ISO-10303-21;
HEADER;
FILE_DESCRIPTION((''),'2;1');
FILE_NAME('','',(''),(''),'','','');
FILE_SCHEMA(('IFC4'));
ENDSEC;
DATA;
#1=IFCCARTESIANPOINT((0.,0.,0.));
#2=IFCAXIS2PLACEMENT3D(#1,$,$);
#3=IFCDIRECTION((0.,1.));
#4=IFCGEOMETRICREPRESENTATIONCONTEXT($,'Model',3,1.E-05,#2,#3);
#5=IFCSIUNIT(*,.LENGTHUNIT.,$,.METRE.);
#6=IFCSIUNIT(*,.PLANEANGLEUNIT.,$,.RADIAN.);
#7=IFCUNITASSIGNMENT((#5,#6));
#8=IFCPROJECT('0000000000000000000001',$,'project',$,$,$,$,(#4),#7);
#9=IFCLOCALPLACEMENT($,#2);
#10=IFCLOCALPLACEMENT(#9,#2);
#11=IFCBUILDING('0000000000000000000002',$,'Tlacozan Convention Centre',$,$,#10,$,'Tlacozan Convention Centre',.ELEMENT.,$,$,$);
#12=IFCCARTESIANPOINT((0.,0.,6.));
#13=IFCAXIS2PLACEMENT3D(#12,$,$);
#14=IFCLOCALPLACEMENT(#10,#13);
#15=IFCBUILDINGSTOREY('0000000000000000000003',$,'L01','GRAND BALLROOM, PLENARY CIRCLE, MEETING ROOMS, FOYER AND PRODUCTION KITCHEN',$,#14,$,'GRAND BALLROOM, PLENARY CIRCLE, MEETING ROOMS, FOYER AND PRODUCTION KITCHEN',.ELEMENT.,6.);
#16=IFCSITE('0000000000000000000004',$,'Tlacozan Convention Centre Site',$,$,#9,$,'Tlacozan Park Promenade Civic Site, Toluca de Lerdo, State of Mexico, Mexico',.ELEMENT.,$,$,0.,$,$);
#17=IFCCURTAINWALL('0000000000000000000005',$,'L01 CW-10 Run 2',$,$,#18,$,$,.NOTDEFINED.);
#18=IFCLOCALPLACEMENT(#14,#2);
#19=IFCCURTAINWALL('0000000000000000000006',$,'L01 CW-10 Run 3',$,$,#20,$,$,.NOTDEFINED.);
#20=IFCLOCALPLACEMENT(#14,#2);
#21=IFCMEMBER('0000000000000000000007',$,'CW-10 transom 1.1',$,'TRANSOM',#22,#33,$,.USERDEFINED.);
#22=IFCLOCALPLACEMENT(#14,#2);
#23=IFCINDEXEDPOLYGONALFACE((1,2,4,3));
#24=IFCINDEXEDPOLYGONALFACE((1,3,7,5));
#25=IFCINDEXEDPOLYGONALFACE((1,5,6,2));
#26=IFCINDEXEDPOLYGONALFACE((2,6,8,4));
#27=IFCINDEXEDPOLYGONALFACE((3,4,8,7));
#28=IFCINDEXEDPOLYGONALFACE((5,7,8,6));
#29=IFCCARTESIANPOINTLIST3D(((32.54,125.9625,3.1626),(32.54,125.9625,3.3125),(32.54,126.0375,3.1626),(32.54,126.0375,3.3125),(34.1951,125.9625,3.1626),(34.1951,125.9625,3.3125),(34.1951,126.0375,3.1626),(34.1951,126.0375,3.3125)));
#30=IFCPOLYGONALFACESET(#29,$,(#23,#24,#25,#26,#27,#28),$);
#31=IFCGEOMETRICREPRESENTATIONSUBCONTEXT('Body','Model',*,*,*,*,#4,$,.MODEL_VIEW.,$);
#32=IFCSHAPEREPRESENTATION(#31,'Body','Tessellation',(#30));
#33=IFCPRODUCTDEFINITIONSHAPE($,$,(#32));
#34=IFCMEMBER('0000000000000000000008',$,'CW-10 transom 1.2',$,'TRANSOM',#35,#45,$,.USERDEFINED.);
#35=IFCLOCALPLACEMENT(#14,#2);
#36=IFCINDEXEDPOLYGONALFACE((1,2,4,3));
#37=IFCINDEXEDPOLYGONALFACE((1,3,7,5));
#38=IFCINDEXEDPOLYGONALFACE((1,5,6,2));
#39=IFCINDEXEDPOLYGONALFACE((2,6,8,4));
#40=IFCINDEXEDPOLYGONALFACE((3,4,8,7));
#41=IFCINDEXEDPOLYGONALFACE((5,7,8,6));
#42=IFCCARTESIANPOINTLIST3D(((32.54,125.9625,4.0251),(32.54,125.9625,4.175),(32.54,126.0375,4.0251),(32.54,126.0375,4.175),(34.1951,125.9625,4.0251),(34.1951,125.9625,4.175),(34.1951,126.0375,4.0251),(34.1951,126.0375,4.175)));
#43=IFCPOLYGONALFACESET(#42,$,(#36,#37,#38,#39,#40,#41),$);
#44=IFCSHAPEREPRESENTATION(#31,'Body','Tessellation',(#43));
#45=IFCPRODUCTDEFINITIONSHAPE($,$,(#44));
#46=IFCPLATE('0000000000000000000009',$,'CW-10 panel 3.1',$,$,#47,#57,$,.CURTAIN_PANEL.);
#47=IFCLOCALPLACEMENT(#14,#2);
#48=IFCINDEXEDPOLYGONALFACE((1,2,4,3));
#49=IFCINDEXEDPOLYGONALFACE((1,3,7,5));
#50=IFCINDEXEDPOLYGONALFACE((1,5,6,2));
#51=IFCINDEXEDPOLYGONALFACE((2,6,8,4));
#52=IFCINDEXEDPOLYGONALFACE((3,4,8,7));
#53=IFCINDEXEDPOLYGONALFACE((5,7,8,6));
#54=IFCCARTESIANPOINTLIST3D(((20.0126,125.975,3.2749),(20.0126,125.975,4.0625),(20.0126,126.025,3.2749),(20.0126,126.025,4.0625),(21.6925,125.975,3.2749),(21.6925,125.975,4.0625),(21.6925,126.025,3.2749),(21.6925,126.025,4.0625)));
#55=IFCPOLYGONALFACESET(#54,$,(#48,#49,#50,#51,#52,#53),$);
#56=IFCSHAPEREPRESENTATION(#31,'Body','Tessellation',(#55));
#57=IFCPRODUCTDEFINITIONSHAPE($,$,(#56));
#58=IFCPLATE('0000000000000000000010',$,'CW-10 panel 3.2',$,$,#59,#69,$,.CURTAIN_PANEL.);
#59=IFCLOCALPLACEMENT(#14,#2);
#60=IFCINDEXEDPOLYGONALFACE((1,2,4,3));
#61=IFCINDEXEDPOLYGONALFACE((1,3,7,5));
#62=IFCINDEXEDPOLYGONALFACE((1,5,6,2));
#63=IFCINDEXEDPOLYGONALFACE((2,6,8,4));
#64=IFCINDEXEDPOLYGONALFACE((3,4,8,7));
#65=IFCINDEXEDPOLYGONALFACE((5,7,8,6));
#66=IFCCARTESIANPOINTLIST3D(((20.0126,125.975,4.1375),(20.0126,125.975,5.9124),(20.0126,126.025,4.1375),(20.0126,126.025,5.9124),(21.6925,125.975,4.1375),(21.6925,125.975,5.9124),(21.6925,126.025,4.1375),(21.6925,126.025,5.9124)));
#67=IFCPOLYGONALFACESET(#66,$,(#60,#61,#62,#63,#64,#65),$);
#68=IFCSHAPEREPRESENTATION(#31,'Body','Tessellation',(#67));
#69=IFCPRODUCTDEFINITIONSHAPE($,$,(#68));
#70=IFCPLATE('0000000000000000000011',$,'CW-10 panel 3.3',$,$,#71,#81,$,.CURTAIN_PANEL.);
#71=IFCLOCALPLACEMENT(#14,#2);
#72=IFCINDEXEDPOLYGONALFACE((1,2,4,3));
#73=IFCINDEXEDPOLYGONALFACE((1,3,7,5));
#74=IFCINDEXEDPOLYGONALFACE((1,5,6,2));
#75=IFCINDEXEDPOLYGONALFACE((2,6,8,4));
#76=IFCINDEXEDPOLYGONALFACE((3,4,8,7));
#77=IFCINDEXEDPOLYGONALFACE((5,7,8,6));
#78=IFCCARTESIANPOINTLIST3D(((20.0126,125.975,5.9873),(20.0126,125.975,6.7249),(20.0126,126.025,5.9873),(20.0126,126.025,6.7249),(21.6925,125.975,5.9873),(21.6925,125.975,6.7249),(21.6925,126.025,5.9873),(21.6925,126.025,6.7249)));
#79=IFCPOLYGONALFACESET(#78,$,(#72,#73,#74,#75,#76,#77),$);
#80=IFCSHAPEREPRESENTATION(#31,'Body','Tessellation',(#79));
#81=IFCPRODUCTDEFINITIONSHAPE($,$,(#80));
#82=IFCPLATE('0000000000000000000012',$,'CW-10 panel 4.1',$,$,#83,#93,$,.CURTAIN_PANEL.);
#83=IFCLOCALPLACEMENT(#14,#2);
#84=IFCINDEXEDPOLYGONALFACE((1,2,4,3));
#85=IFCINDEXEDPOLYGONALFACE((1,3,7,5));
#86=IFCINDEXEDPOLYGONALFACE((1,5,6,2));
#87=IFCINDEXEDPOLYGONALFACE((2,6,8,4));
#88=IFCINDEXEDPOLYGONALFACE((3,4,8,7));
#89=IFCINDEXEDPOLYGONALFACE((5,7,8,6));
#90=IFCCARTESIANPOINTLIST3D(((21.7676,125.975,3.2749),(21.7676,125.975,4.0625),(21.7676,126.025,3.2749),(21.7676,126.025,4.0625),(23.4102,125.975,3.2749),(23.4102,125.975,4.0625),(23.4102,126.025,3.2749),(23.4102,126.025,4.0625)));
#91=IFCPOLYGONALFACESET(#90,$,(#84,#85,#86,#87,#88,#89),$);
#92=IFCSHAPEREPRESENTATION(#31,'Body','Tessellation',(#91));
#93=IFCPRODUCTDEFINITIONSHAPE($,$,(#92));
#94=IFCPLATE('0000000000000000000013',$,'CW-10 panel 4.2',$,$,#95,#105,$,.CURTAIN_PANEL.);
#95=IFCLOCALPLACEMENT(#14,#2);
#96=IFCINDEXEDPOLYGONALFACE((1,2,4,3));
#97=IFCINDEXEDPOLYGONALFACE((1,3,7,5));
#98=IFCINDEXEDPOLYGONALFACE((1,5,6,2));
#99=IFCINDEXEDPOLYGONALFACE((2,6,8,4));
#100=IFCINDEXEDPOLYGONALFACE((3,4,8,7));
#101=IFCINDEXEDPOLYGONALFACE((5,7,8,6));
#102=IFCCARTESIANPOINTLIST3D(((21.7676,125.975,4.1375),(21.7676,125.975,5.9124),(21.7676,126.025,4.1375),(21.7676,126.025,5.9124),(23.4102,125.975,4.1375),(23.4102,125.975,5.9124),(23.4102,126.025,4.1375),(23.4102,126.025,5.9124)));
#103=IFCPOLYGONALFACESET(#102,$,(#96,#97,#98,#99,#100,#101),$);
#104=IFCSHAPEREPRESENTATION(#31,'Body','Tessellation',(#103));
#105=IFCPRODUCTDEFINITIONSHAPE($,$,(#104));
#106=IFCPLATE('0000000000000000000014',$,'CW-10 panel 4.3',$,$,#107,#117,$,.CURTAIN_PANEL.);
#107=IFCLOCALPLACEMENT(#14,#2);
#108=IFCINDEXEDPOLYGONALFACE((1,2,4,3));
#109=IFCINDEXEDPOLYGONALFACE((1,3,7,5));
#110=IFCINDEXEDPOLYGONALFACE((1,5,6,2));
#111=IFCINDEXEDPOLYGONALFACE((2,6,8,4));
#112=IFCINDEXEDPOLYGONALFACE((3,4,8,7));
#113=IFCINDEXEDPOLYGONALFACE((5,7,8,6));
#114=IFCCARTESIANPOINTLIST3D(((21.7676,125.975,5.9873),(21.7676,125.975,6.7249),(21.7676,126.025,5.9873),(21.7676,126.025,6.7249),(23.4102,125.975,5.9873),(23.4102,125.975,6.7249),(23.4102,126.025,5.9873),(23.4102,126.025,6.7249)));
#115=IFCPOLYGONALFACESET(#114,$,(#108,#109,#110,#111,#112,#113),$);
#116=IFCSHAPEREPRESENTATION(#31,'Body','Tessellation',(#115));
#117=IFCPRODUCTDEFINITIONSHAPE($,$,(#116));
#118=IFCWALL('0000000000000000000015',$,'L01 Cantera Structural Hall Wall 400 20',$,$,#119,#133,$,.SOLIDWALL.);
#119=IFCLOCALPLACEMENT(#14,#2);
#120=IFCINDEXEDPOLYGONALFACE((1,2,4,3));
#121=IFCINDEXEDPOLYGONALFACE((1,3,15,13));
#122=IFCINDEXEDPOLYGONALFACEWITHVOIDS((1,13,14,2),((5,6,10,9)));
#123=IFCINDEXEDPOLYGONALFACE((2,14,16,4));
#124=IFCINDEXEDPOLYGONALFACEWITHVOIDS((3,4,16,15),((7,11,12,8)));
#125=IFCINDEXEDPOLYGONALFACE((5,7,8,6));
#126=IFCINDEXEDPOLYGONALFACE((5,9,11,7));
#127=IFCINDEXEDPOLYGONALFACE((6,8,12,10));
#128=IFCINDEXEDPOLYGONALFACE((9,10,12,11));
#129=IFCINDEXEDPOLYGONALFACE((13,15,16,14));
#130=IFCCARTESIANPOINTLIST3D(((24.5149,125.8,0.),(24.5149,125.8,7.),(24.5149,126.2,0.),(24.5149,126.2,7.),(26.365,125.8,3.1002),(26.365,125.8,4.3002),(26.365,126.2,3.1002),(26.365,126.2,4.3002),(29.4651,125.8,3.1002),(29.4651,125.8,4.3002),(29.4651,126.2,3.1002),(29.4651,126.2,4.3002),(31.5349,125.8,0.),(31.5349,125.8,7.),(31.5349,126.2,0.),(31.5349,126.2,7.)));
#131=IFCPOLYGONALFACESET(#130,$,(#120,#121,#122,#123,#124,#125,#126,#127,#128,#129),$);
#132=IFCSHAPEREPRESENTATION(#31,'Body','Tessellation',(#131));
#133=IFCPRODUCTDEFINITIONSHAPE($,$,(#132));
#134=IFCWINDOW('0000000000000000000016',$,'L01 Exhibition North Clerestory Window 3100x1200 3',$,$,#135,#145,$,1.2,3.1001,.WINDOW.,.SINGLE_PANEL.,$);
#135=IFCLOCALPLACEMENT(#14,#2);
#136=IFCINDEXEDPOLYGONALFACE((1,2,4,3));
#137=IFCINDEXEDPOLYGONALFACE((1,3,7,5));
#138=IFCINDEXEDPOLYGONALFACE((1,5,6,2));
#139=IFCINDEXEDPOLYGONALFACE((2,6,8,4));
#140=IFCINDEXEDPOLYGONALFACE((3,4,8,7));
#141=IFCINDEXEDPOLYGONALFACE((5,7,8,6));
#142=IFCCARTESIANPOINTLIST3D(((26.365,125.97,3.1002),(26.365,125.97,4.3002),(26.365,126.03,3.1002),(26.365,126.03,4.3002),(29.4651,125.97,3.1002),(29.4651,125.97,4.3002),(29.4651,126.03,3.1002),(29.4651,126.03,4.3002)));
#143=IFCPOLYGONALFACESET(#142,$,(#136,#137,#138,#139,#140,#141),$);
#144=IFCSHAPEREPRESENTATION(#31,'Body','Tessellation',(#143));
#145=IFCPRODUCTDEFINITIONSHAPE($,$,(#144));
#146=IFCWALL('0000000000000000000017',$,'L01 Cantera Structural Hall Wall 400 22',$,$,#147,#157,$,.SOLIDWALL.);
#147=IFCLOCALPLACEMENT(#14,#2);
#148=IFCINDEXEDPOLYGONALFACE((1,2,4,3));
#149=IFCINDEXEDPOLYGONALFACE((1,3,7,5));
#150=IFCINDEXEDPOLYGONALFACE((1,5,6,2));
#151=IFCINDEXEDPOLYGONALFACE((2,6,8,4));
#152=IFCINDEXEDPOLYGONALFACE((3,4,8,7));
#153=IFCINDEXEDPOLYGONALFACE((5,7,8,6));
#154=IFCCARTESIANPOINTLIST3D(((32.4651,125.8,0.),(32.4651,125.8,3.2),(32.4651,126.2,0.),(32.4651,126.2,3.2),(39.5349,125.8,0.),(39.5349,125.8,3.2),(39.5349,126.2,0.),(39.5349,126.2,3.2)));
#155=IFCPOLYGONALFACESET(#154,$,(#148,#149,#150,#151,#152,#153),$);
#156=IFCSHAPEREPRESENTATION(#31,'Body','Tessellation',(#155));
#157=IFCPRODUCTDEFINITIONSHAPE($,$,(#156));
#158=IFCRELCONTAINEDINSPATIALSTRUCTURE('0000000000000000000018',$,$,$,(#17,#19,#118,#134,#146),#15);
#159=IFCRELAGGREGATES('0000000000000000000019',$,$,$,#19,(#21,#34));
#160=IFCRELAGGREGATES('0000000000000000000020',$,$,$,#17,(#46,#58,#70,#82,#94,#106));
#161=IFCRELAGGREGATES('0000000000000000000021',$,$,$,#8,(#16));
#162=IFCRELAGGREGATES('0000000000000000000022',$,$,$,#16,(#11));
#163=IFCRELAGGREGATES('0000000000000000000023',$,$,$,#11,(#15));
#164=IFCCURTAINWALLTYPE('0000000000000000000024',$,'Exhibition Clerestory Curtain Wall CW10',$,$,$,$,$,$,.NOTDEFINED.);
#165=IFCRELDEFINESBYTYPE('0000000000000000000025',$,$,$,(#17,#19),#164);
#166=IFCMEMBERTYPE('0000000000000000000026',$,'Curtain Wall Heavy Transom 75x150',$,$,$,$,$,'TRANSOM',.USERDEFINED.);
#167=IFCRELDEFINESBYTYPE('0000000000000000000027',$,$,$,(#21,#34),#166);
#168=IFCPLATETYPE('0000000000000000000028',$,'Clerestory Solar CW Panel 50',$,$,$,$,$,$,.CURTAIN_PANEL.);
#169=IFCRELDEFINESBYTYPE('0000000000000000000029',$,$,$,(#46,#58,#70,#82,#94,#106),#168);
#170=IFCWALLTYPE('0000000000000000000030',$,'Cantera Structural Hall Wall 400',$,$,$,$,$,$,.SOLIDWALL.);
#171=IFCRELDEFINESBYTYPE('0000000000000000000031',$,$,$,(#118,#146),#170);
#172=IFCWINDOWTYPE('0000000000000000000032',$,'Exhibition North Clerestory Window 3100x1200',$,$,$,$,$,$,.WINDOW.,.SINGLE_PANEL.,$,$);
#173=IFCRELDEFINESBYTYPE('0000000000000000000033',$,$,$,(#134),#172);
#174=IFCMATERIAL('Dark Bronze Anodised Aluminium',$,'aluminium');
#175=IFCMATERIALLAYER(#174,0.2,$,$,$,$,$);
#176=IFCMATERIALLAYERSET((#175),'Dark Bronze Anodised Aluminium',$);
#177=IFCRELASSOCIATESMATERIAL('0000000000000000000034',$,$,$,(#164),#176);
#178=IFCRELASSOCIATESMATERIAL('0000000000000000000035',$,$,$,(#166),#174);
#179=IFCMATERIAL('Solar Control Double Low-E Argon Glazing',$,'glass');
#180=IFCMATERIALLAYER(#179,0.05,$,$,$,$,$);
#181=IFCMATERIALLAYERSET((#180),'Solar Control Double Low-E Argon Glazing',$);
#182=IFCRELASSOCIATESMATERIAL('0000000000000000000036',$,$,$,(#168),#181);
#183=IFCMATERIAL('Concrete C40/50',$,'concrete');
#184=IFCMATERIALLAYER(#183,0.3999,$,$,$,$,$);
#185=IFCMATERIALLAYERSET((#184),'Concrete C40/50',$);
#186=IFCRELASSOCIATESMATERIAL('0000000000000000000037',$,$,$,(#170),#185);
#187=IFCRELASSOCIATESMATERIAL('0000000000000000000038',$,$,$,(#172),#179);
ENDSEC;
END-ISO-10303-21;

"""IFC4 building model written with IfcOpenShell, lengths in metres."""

from ifc_helpers import new_model, si_unit, direction, frame, frame_2d, origin, origin_2d, place, context, subcontext, project, spatial, rectangle, extrude, material, layer, layer_set, material_profile, profile_set, type_object, element, fill, aggregate, save


model = new_model("IFC4")

# Units and contexts
model_context = context("Model", 3, precision=1e-05, world=origin(), true_north=direction((0.0, 1.0)))
body_context = subcontext(model_context, "Body", "Model", "MODEL_VIEW")
ifc_project = project(units=[si_unit("LENGTHUNIT", "METRE"), si_unit("PLANEANGLEUNIT", "RADIAN")], contexts=[model_context])

# Site, building, storey
site_placement = place(None, origin())
site = spatial("IfcSite", under=ifc_project, at=site_placement, Name="Tlacozan Convention Centre Site", LongName="Tlacozan Park Promenade Civic Site, Toluca de Lerdo, State of Mexico, Mexico", CompositionType="ELEMENT", RefElevation=0.0)
building_placement = place(site_placement, origin())
building = spatial("IfcBuilding", under=site, at=building_placement, Name="Tlacozan Convention Centre", LongName="Tlacozan Convention Centre", CompositionType="ELEMENT")
storey_placement = place(building_placement, frame((0.0, 0.0, 6.0)))
storey = spatial("IfcBuildingStorey", under=building, at=storey_placement, Name="L01", Description="GRAND BALLROOM, PLENARY CIRCLE, MEETING ROOMS, FOYER AND PRODUCTION KITCHEN", LongName="GRAND BALLROOM, PLENARY CIRCLE, MEETING ROOMS, FOYER AND PRODUCTION KITCHEN", CompositionType="ELEMENT", Elevation=6.0)

# Shared definitions
ifc_material_1 = material(Name="Concrete C40/50", Category="concrete")

# Curtain wall
ifc_material_2 = material(Name="Dark Bronze Anodised Aluminium", Category="aluminium")
ifc_layer_1 = layer(ifc_material_2, 0.2)
ifc_layer_set_1 = layer_set([ifc_layer_1], Name="Dark Bronze Anodised Aluminium")
curtain_wall_type = type_object("IfcCurtainWallType", Name="Exhibition Clerestory Curtain Wall CW10", PredefinedType="NOTDEFINED", material=ifc_layer_set_1)
curtain_wall_1_placement = place(storey_placement, origin())
curtain_wall_1 = element("IfcCurtainWall", 1, at=curtain_wall_1_placement, inside=storey, type_object=curtain_wall_type, Name="L01 CW-10 Run 2", PredefinedType="NOTDEFINED")

# Curtain wall
curtain_wall_2_placement = place(storey_placement, origin())
curtain_wall_2 = element("IfcCurtainWall", 2, at=curtain_wall_2_placement, inside=storey, type_object=curtain_wall_type, Name="L01 CW-10 Run 3", PredefinedType="NOTDEFINED")

# Members
ifc_material_profile_1 = material_profile(ifc_material_2, rectangle(XDim=0.075, YDim=0.1499, at=origin_2d()), Name="ALU 75x150")
ifc_profile_set_1 = profile_set([ifc_material_profile_1], Name="Dark Bronze Anodised Aluminium")
member_type_1 = type_object("IfcMemberType", Name="Curtain Wall Heavy Transom 75x150", ElementType="TRANSOM", PredefinedType="USERDEFINED", material=ifc_profile_set_1)
member_1_placement = place(storey_placement, frame((32.54, 126.0, 3.2375), z_axis=(1.0, 0.0, 0.0), x_axis=(0.0, 1.0, 0.0)))
member_1 = element("IfcMember", 3, at=member_1_placement, type_object=member_type_1, Name="CW-10 transom 1.1", ObjectType="TRANSOM", PredefinedType="USERDEFINED", context=body_context, shape_type="SweptSolid", body=[
    extrude(rectangle(XDim=0.075, YDim=0.1499, at=origin_2d()), origin(), (0.0, 0.0, 1.0), 1.655),
])
member_2_placement = place(storey_placement, frame((32.54, 126.0, 4.1001), z_axis=(1.0, 0.0, 0.0), x_axis=(0.0, 1.0, 0.0)))
member_2 = element("IfcMember", 4, at=member_2_placement, type_object=member_type_1, Name="CW-10 transom 1.2", ObjectType="TRANSOM", PredefinedType="USERDEFINED", context=body_context, shape_type="SweptSolid", body=[
    extrude(rectangle(XDim=0.075, YDim=0.1499, at=origin_2d()), origin(), (0.0, 0.0, 1.0), 1.655),
])
aggregate(curtain_wall_2, [member_1, member_2])

# Plates
ifc_material_3 = material(Name="Solar Control Double Low-E Argon Glazing", Category="glass")
ifc_layer_2 = layer(ifc_material_3, 0.05)
ifc_layer_set_2 = layer_set([ifc_layer_2], Name="Solar Control Double Low-E Argon Glazing")
plate_type = type_object("IfcPlateType", Name="Clerestory Solar CW Panel 50", PredefinedType="CURTAIN_PANEL", material=ifc_layer_set_2)
plate_1_placement = place(storey_placement, frame((20.8525, 126.0, 3.2749), z_axis=(0.0, 0.0, 1.0), x_axis=(1.0, 0.0, 0.0)))
plate_1 = element("IfcPlate", 5, at=plate_1_placement, type_object=plate_type, Name="CW-10 panel 3.1", PredefinedType="CURTAIN_PANEL", context=body_context, shape_type="SweptSolid", body=[
    extrude(rectangle(XDim=1.6799, YDim=0.05, at=origin_2d()), origin(), (0.0, 0.0, 1.0), 0.7876),
])
plate_2_placement = place(storey_placement, frame((20.8525, 126.0, 4.1375), z_axis=(0.0, 0.0, 1.0), x_axis=(1.0, 0.0, 0.0)))
plate_2 = element("IfcPlate", 6, at=plate_2_placement, type_object=plate_type, Name="CW-10 panel 3.2", PredefinedType="CURTAIN_PANEL", context=body_context, shape_type="SweptSolid", body=[
    extrude(rectangle(XDim=1.6799, YDim=0.05, at=origin_2d()), origin(), (0.0, 0.0, 1.0), 1.7749),
])
plate_3_placement = place(storey_placement, frame((20.8525, 126.0, 5.9873), z_axis=(0.0, 0.0, 1.0), x_axis=(1.0, 0.0, 0.0)))
plate_3 = element("IfcPlate", 7, at=plate_3_placement, type_object=plate_type, Name="CW-10 panel 3.3", PredefinedType="CURTAIN_PANEL", context=body_context, shape_type="SweptSolid", body=[
    extrude(rectangle(XDim=1.6799, YDim=0.05, at=origin_2d()), origin(), (0.0, 0.0, 1.0), 0.7375),
])
plate_4_placement = place(storey_placement, frame((22.5889, 126.0, 3.2749), z_axis=(0.0, 0.0, 1.0), x_axis=(1.0, 0.0, 0.0)))
plate_4 = element("IfcPlate", 8, at=plate_4_placement, type_object=plate_type, Name="CW-10 panel 4.1", PredefinedType="CURTAIN_PANEL", context=body_context, shape_type="SweptSolid", body=[
    extrude(rectangle(XDim=1.6426, YDim=0.05, at=origin_2d()), origin(), (0.0, 0.0, 1.0), 0.7876),
])
plate_5_placement = place(storey_placement, frame((22.5889, 126.0, 4.1375), z_axis=(0.0, 0.0, 1.0), x_axis=(1.0, 0.0, 0.0)))
plate_5 = element("IfcPlate", 9, at=plate_5_placement, type_object=plate_type, Name="CW-10 panel 4.2", PredefinedType="CURTAIN_PANEL", context=body_context, shape_type="SweptSolid", body=[
    extrude(rectangle(XDim=1.6426, YDim=0.05, at=origin_2d()), origin(), (0.0, 0.0, 1.0), 1.7749),
])
plate_6_placement = place(storey_placement, frame((22.5889, 126.0, 5.9873), z_axis=(0.0, 0.0, 1.0), x_axis=(1.0, 0.0, 0.0)))
plate_6 = element("IfcPlate", 10, at=plate_6_placement, type_object=plate_type, Name="CW-10 panel 4.3", PredefinedType="CURTAIN_PANEL", context=body_context, shape_type="SweptSolid", body=[
    extrude(rectangle(XDim=1.6426, YDim=0.05, at=origin_2d()), origin(), (0.0, 0.0, 1.0), 0.7375),
])
aggregate(curtain_wall_1, [plate_1, plate_2, plate_3, plate_4, plate_5, plate_6])

# Wall, opening, window
ifc_layer_3 = layer(ifc_material_1, 0.3999)
ifc_layer_set_3 = layer_set([ifc_layer_3], Name="Concrete C40/50")
wall_type = type_object("IfcWallType", Name="Cantera Structural Hall Wall 400", PredefinedType="SOLIDWALL", material=ifc_layer_set_3)
wall_1_placement = place(storey_placement, frame((24.5149, 126.0, 0.0), z_axis=(0.0, 0.0, 1.0), x_axis=(1.0, 0.0, 0.0)))
wall_1 = element("IfcWall", 11, at=wall_1_placement, inside=storey, type_object=wall_type, Name="L01 Cantera Structural Hall Wall 400 20", PredefinedType="SOLIDWALL", context=body_context, shape_type="SweptSolid", body=[
    extrude(rectangle(XDim=7.02, YDim=0.3999, at=frame_2d((3.51, 0.0))), origin(), (0.0, 0.0, 1.0), 7.0),
])
opening_placement = place(wall_1_placement, frame((1.8501, 0.0, 3.1001)))
opening = element("IfcOpeningElement", 12, at=opening_placement, cuts=wall_1, PredefinedType="OPENING", context=body_context, shape_type="SweptSolid", body=[
    extrude(rectangle(XDim=3.1001, YDim=1.2, at=frame_2d((1.55, 0.6001))), frame((0.0, 0.21, 0.0), z_axis=(0.0, -1.0, 0.0), x_axis=(1.0, 0.0, 0.0)), (0.0, 0.0, 1.0), 0.4199),
])
window_type = type_object("IfcWindowType", Name="Exhibition North Clerestory Window 3100x1200", PartitioningType="SINGLE_PANEL", PredefinedType="WINDOW", material=ifc_material_3)
window_placement = place(opening_placement, origin())
window = element("IfcWindow", 13, at=window_placement, inside=storey, type_object=window_type, Name="L01 Exhibition North Clerestory Window 3100x1200 3", OverallHeight=1.2, OverallWidth=3.1001, PartitioningType="SINGLE_PANEL", PredefinedType="WINDOW", context=body_context, shape_type="SweptSolid", body=[
    extrude(rectangle(XDim=3.1001, YDim=1.2, at=frame_2d((1.55, 0.6001))), frame((0.0, 0.03, 0.0), z_axis=(0.0, -1.0, 0.0), x_axis=(1.0, 0.0, 0.0)), (0.0, 0.0, 1.0), 0.0601),
])
fill(opening, window)

# Wall
wall_2_placement = place(storey_placement, frame((32.4651, 126.0, 0.0), z_axis=(0.0, 0.0, 1.0), x_axis=(1.0, 0.0, 0.0)))
element("IfcWall", 14, at=wall_2_placement, inside=storey, type_object=wall_type, Name="L01 Cantera Structural Hall Wall 400 22", PredefinedType="SOLIDWALL", context=body_context, shape_type="SweptSolid", body=[
    extrude(rectangle(XDim=7.0698, YDim=0.3999, at=frame_2d((3.5349, 0.0))), origin(), (0.0, 0.0, 1.0), 3.2),
])

save(model, "model.ifc")
